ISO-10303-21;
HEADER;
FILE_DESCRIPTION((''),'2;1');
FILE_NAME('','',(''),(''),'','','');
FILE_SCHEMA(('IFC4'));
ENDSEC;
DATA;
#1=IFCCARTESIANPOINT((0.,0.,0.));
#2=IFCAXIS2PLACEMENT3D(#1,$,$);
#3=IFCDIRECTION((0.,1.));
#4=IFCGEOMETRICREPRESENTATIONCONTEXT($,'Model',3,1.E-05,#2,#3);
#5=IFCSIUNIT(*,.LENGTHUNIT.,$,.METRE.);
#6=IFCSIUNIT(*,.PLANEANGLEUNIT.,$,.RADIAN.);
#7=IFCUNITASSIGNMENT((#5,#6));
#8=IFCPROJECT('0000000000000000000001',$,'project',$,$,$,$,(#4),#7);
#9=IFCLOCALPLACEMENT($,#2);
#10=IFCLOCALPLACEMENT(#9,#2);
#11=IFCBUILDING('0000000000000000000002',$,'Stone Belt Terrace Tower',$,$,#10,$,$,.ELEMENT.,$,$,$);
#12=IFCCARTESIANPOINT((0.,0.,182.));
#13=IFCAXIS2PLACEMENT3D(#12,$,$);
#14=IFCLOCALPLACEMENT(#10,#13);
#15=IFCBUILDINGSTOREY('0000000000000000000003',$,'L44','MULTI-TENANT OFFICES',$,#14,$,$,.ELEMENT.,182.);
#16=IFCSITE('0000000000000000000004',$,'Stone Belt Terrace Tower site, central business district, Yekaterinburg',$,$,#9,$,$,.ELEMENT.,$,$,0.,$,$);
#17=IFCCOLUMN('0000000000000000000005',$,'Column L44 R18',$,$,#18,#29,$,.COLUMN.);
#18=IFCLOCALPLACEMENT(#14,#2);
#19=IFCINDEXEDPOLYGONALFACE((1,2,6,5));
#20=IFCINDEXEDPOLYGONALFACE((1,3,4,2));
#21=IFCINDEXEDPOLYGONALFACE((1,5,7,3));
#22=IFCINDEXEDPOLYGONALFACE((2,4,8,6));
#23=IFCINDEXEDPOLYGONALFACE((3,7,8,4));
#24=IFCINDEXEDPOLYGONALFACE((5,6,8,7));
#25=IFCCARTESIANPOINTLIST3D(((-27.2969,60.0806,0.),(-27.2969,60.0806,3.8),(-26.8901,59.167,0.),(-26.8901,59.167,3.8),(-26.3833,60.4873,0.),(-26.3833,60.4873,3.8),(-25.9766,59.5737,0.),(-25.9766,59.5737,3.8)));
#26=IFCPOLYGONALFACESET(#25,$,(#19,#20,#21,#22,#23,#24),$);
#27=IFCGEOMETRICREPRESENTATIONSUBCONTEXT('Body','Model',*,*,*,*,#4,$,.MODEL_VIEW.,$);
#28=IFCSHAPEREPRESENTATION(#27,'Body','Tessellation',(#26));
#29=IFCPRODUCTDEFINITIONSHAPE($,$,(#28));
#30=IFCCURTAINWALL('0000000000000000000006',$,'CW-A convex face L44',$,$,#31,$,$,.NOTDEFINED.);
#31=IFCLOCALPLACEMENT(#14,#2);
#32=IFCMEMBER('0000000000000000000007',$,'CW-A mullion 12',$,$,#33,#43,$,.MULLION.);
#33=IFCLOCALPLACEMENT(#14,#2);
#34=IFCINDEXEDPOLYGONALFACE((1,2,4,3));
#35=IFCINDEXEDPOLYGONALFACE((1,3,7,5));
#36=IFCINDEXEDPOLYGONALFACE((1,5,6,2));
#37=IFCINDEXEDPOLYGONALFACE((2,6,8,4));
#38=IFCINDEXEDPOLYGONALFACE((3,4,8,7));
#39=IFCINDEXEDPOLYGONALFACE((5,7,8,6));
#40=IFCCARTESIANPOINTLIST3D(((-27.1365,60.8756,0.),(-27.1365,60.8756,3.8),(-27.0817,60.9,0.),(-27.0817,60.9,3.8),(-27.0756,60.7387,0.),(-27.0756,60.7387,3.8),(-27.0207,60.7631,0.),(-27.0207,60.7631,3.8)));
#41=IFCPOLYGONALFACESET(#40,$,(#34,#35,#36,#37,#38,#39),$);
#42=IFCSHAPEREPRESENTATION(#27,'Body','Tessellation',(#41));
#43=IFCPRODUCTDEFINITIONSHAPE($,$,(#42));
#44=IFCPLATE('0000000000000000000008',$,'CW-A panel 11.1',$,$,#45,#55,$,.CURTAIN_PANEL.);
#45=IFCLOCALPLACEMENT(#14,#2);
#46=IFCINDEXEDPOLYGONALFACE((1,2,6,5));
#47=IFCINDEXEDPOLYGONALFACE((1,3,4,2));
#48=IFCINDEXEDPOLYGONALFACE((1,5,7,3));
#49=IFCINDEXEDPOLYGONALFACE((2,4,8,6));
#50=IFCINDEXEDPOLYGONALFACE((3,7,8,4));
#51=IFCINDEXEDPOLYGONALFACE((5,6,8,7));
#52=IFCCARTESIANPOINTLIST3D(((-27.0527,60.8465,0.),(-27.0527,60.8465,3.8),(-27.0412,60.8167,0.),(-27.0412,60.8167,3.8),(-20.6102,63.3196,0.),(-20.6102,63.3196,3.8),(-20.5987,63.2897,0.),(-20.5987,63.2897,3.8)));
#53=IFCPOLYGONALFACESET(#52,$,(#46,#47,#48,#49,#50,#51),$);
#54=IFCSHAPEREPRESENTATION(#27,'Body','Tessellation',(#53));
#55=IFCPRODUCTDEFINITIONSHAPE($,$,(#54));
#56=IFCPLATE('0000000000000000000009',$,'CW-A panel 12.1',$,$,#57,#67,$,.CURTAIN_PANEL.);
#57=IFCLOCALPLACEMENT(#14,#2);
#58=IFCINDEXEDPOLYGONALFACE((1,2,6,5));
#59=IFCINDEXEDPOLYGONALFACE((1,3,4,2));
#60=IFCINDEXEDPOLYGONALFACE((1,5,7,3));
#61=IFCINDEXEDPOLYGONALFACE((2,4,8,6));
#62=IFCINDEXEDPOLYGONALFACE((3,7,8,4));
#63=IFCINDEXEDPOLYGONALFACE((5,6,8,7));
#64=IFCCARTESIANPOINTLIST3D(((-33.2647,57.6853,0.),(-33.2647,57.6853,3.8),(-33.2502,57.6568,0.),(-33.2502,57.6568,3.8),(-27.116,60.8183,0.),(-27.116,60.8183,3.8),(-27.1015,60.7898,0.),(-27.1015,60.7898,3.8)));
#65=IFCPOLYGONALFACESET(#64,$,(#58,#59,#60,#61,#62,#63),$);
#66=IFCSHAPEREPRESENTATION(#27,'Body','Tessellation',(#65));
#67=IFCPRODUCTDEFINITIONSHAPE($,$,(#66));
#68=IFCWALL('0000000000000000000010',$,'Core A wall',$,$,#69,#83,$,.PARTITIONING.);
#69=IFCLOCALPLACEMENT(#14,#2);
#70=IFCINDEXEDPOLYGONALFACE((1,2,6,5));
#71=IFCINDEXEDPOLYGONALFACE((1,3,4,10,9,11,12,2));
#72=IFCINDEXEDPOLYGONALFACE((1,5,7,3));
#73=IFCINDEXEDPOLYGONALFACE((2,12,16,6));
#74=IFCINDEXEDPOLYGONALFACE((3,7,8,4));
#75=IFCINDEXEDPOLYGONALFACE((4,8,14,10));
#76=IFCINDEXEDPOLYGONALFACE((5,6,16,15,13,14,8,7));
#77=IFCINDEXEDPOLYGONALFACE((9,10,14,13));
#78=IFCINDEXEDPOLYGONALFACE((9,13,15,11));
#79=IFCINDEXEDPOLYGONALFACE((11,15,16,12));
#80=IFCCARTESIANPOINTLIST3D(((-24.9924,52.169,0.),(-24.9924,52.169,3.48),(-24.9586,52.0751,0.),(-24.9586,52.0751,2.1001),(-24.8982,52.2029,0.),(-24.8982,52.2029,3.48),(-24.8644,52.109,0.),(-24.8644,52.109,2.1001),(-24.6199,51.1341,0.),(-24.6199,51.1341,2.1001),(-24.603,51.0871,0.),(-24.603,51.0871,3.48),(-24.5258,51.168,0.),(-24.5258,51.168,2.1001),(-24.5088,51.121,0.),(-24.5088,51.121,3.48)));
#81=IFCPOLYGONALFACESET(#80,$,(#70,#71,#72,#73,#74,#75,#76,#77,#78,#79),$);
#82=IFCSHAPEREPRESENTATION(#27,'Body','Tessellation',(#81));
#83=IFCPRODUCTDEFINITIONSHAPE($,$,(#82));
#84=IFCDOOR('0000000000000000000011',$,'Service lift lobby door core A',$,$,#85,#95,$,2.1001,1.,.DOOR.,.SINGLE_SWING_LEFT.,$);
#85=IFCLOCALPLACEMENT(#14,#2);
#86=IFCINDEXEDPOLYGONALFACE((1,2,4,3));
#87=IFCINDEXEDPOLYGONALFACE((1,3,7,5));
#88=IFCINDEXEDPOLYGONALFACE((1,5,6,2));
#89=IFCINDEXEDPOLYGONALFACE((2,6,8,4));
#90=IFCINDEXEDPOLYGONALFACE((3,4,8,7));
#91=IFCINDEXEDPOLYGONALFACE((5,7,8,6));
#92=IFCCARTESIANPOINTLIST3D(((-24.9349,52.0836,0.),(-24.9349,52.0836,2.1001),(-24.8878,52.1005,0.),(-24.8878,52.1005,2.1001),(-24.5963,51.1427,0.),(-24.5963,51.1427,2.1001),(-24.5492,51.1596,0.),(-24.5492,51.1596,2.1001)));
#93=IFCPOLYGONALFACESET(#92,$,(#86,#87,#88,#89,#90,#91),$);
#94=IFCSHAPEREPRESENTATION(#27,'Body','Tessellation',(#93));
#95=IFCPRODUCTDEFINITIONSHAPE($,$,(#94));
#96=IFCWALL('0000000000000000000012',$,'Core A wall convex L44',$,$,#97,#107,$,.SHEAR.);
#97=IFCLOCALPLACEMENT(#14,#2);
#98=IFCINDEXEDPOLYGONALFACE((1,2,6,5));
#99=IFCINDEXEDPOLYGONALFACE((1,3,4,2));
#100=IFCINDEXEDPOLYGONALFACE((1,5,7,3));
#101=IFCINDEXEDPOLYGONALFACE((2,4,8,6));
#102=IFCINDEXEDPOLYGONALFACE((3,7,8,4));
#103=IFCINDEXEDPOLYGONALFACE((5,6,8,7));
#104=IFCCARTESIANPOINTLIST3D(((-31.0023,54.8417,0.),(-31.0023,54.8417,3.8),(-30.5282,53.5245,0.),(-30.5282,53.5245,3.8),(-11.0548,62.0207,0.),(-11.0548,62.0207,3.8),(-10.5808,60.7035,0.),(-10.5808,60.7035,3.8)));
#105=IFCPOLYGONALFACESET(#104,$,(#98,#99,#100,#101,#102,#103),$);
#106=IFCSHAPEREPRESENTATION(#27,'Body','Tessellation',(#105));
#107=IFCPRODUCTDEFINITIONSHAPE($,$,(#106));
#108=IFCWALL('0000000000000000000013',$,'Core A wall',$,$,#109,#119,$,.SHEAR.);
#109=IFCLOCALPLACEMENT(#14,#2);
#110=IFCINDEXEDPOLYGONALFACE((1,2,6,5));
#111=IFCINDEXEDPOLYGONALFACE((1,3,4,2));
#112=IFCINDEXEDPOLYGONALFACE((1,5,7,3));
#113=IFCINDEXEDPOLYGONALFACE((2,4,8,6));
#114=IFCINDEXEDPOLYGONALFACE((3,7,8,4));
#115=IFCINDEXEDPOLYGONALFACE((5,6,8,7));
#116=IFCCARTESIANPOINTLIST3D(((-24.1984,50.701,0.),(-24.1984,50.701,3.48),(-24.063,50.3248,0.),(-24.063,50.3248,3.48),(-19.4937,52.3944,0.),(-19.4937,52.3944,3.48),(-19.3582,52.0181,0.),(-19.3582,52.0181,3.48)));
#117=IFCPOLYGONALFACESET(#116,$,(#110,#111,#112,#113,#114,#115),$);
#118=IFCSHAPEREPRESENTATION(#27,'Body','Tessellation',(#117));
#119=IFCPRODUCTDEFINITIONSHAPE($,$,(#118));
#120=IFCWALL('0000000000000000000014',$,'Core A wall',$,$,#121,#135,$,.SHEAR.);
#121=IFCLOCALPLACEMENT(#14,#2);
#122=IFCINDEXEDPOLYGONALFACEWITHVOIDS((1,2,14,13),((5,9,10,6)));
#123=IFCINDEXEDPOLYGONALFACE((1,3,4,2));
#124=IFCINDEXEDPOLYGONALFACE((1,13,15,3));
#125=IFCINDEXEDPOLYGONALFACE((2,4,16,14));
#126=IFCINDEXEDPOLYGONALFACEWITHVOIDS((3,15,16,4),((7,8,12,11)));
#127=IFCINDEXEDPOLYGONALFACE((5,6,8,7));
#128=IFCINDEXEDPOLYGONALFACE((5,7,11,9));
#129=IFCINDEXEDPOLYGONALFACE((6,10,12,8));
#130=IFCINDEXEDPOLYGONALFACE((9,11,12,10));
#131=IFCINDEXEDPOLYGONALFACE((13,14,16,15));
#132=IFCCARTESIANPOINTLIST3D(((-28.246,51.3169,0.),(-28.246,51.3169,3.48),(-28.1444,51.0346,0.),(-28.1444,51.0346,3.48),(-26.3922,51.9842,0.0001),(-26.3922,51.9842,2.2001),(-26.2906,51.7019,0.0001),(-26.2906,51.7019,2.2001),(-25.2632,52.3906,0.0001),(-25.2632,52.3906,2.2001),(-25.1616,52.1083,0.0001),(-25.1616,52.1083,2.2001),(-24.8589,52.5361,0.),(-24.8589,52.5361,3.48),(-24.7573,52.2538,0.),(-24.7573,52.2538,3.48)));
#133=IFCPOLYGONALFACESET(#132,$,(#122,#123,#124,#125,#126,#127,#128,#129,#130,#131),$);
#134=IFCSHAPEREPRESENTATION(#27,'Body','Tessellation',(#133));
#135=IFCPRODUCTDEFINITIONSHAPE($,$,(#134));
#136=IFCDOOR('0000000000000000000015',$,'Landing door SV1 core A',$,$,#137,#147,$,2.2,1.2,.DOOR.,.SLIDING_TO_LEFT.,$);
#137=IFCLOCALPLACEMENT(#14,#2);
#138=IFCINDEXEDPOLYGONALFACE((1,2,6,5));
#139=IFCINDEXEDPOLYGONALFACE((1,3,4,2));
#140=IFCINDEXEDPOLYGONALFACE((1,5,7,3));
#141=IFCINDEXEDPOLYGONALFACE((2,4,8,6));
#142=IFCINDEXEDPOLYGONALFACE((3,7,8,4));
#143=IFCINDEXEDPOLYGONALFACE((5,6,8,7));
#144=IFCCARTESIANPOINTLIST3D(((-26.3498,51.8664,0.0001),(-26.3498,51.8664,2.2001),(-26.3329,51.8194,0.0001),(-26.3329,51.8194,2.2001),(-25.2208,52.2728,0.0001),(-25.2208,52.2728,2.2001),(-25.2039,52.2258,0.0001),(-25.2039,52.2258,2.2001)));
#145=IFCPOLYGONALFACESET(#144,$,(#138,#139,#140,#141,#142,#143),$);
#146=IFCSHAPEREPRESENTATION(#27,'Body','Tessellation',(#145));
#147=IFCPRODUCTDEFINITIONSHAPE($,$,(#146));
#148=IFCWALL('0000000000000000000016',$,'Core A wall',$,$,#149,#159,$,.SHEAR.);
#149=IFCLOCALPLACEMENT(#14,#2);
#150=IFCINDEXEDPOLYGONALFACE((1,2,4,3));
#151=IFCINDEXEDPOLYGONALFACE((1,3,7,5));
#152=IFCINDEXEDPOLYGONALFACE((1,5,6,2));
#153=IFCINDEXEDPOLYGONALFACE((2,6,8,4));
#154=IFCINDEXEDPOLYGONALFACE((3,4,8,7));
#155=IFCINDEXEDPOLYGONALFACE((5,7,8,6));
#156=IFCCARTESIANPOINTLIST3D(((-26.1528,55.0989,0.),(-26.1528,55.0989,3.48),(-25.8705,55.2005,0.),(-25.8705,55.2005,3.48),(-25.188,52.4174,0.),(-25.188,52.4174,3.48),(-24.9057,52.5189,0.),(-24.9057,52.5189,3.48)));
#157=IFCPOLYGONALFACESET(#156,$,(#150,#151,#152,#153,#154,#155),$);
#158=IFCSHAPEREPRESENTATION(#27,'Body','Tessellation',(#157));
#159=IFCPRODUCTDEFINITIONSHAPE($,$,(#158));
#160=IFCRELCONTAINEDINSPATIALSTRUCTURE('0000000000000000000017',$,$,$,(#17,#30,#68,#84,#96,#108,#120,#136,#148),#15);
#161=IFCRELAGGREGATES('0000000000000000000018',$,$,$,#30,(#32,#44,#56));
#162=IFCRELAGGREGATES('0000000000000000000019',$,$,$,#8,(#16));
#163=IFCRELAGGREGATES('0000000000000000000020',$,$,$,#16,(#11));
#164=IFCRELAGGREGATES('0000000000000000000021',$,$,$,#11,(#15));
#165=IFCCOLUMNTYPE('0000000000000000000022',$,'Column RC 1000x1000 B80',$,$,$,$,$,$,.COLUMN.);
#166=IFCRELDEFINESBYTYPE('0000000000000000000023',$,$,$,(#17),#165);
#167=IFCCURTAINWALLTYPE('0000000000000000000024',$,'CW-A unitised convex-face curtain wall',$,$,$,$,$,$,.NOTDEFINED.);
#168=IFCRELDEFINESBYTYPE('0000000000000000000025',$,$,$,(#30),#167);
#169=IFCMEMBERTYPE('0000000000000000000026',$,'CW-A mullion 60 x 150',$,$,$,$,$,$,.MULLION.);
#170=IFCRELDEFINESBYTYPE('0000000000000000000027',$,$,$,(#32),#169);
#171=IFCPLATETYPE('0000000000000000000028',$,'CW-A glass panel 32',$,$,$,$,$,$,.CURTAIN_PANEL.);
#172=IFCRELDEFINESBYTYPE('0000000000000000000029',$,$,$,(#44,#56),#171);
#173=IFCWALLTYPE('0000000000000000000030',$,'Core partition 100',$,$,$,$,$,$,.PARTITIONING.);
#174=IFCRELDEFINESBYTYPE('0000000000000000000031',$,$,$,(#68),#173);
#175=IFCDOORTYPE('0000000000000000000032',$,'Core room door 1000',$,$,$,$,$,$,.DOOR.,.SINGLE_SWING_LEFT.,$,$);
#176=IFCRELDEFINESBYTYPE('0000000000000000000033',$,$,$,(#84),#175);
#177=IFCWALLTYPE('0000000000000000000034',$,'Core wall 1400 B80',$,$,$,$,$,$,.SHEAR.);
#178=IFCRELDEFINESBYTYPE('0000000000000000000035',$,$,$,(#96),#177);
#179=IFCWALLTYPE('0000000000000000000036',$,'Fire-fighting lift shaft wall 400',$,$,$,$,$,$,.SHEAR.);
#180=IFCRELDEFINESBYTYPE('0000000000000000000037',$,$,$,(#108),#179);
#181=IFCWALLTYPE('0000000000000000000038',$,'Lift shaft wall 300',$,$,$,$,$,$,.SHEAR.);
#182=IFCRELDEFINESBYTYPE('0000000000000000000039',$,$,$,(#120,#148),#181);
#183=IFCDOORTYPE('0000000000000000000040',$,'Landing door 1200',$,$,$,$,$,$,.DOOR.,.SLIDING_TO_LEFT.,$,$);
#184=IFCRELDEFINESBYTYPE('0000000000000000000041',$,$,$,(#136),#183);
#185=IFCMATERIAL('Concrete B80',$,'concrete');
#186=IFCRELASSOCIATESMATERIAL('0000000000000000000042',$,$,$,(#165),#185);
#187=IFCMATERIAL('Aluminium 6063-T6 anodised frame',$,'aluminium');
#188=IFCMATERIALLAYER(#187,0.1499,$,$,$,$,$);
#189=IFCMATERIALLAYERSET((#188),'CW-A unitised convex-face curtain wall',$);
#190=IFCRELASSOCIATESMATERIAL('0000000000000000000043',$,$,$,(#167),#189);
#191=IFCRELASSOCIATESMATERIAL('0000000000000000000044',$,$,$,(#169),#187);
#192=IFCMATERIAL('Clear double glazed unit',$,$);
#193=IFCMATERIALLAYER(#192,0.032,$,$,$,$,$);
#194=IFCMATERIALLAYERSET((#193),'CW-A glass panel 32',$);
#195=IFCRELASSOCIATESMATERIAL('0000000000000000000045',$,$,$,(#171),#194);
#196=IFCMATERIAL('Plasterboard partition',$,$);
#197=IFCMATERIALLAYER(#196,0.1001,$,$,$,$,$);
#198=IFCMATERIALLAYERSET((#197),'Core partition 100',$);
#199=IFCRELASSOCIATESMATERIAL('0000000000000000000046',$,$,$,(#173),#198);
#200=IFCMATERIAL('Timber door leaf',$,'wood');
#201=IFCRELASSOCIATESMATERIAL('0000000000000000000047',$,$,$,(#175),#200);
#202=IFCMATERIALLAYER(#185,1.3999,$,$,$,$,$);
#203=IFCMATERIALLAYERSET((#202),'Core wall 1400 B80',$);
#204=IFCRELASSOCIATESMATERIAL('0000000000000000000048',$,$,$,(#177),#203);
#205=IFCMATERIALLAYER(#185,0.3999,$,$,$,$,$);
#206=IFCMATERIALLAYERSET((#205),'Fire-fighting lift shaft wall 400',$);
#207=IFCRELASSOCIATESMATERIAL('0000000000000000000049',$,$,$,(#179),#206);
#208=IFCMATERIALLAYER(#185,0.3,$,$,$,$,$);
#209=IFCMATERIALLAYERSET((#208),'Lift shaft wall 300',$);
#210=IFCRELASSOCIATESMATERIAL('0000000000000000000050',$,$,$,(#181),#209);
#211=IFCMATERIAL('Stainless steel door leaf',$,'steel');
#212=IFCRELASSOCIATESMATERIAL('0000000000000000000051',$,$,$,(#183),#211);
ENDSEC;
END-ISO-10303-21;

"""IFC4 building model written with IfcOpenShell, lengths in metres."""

from ifc_helpers import new_model, si_unit, direction, frame, frame_2d, origin, origin_2d, place, context, subcontext, project, spatial, rectangle, extrude, material, layer, layer_set, material_profile, profile_set, type_object, element, fill, aggregate, save


model = new_model("IFC4")

# Units and contexts
model_context = context("Model", 3, precision=1e-05, world=origin(), true_north=direction((0.0, 1.0)))
body_context = subcontext(model_context, "Body", "Model", "MODEL_VIEW")
ifc_project = project(units=[si_unit("LENGTHUNIT", "METRE"), si_unit("PLANEANGLEUNIT", "RADIAN")], contexts=[model_context])

# Site, building, storey
site_placement = place(None, origin())
site = spatial("IfcSite", under=ifc_project, at=site_placement, Name="Stone Belt Terrace Tower site, central business district, Yekaterinburg", CompositionType="ELEMENT", RefElevation=0.0)
building_placement = place(site_placement, origin())
building = spatial("IfcBuilding", under=site, at=building_placement, Name="Stone Belt Terrace Tower", CompositionType="ELEMENT")
storey_placement = place(building_placement, frame((0.0, 0.0, 182.0)))
storey = spatial("IfcBuildingStorey", under=building, at=storey_placement, Name="L44", Description="MULTI-TENANT OFFICES", CompositionType="ELEMENT", Elevation=182.0)

# Column
ifc_material_1 = material(Name="Concrete B80", Category="concrete")
ifc_material_profile_1 = material_profile(ifc_material_1, rectangle(XDim=1.0, YDim=1.0, at=origin_2d()), Name="RC 1000x1000")
ifc_profile_set_1 = profile_set([ifc_material_profile_1], Name="Concrete B80")
column_type = type_object("IfcColumnType", Name="Column RC 1000x1000 B80", PredefinedType="COLUMN", material=ifc_profile_set_1)
column_placement = place(storey_placement, frame((-26.6367, 59.8271, 0.0), z_axis=(0.0, 0.0, 1.0), x_axis=(0.913545, 0.406737, 0.0)))
element("IfcColumn", 1, at=column_placement, inside=storey, type_object=column_type, Name="Column L44 R18", PredefinedType="COLUMN", context=body_context, shape_type="SweptSolid", body=[
    extrude(rectangle(XDim=1.0, YDim=1.0, at=origin_2d()), origin(), (0.0, 0.0, 1.0), 3.8),
])

# Curtain wall, member, plates
ifc_material_2 = material(Name="Aluminium 6063-T6 anodised frame", Category="aluminium")
ifc_layer_1 = layer(ifc_material_2, 0.1499)
ifc_layer_set_1 = layer_set([ifc_layer_1], Name="CW-A unitised convex-face curtain wall")
curtain_wall_type = type_object("IfcCurtainWallType", Name="CW-A unitised convex-face curtain wall", PredefinedType="NOTDEFINED", material=ifc_layer_set_1)
curtain_wall_placement = place(storey_placement, origin())
curtain_wall = element("IfcCurtainWall", 2, at=curtain_wall_placement, inside=storey, type_object=curtain_wall_type, Name="CW-A convex face L44", PredefinedType="NOTDEFINED")
ifc_material_profile_2 = material_profile(ifc_material_2, rectangle(XDim=0.1499, YDim=0.0601, at=origin_2d()), Name="Aluminium 6063-T6 60x150")
ifc_profile_set_2 = profile_set([ifc_material_profile_2], Name="Aluminium 6063-T6 anodised frame")
member_type = type_object("IfcMemberType", Name="CW-A mullion 60 x 150", PredefinedType="MULLION", material=ifc_profile_set_2)
member_placement = place(storey_placement, frame((-27.0786, 60.8193, 0.0), z_axis=(0.0, 0.0, 1.0), x_axis=(0.406737, -0.913545, 0.0)))
member = element("IfcMember", 3, at=member_placement, type_object=member_type, Name="CW-A mullion 12", PredefinedType="MULLION", context=body_context, shape_type="SweptSolid", body=[
    extrude(rectangle(XDim=0.1499, YDim=0.0601, at=origin_2d()), origin(), (0.0, 0.0, 1.0), 3.8),
])
ifc_material_3 = material(Name="Clear double glazed unit")
ifc_layer_2 = layer(ifc_material_3, 0.032)
ifc_layer_set_2 = layer_set([ifc_layer_2], Name="CW-A glass panel 32")
plate_type = type_object("IfcPlateType", Name="CW-A glass panel 32", PredefinedType="CURTAIN_PANEL", material=ifc_layer_set_2)
plate_1_placement = place(storey_placement, frame((-23.8257, 62.0681, 0.0), z_axis=(0.0, 0.0, 1.0), x_axis=(-0.93358, -0.358368, 0.0)))
plate_1 = element("IfcPlate", 4, at=plate_1_placement, type_object=plate_type, Name="CW-A panel 11.1", PredefinedType="CURTAIN_PANEL", context=body_context, shape_type="SweptSolid", body=[
    extrude(rectangle(XDim=6.9009, YDim=0.032, at=origin_2d()), origin(), (0.0, 0.0, 1.0), 3.8),
])
plate_2_placement = place(storey_placement, frame((-30.1831, 59.2375, 0.0), z_axis=(0.0, 0.0, 1.0), x_axis=(-0.891007, -0.45399, 0.0)))
plate_2 = element("IfcPlate", 5, at=plate_2_placement, type_object=plate_type, Name="CW-A panel 12.1", PredefinedType="CURTAIN_PANEL", context=body_context, shape_type="SweptSolid", body=[
    extrude(rectangle(XDim=6.9009, YDim=0.032, at=origin_2d()), origin(), (0.0, 0.0, 1.0), 3.8),
])
aggregate(curtain_wall, [member, plate_1, plate_2])

# Wall, opening, door
ifc_material_4 = material(Name="Plasterboard partition")
ifc_layer_3 = layer(ifc_material_4, 0.1001)
ifc_layer_set_3 = layer_set([ifc_layer_3], Name="Core partition 100")
wall_type_1 = type_object("IfcWallType", Name="Core partition 100", PredefinedType="PARTITIONING", material=ifc_layer_set_3)
wall_1_placement = place(storey_placement, frame((-24.5559, 51.104, 0.0), z_axis=(0.0, 0.0, 1.0), x_axis=(-0.338622, 0.940923, 0.0)))
wall_1 = element("IfcWall", 6, at=wall_1_placement, inside=storey, type_object=wall_type_1, Name="Core A wall", PredefinedType="PARTITIONING", context=body_context, shape_type="SweptSolid", body=[
    extrude(rectangle(XDim=1.1499, YDim=0.1001, at=frame_2d((0.575, 0.0))), origin(), (0.0, 0.0, 1.0), 3.48),
])
opening_1_placement = place(wall_1_placement, frame((0.05, 0.0, 0.0)))
opening_1 = element("IfcOpeningElement", 7, at=opening_1_placement, cuts=wall_1, PredefinedType="OPENING", context=body_context, shape_type="SweptSolid", body=[
    extrude(rectangle(XDim=1.0, YDim=2.1001, at=frame_2d((0.5, 1.05))), frame((0.0, 0.0601, 0.0), z_axis=(0.0, -1.0, 0.0), x_axis=(1.0, 0.0, 0.0)), (0.0, 0.0, 1.0), 0.1201),
])
ifc_material_5 = material(Name="Timber door leaf", Category="wood")
door_type_1 = type_object("IfcDoorType", Name="Core room door 1000", OperationType="SINGLE_SWING_LEFT", PredefinedType="DOOR", material=ifc_material_5)
door_1_placement = place(opening_1_placement, origin())
door_1 = element("IfcDoor", 8, at=door_1_placement, inside=storey, type_object=door_type_1, Name="Service lift lobby door core A", OperationType="SINGLE_SWING_LEFT", OverallHeight=2.1001, OverallWidth=1.0, PredefinedType="DOOR", context=body_context, shape_type="SweptSolid", body=[
    extrude(rectangle(XDim=1.0, YDim=2.1001, at=frame_2d((0.5, 1.05))), frame((0.0, 0.0249, 0.0), z_axis=(0.0, -1.0, 0.0), x_axis=(1.0, 0.0, 0.0)), (0.0, 0.0, 1.0), 0.05),
])
fill(opening_1, door_1)

# Walls
ifc_layer_4 = layer(ifc_material_1, 1.3999)
ifc_layer_set_4 = layer_set([ifc_layer_4], Name="Core wall 1400 B80")
wall_type_2 = type_object("IfcWallType", Name="Core wall 1400 B80", PredefinedType="SHEAR", material=ifc_layer_set_4)
wall_2_placement = place(storey_placement, frame((-30.7654, 54.1831, 0.0), z_axis=(0.0, 0.0, 1.0), x_axis=(0.94092, 0.33863, 0.0)))
element("IfcWall", 9, at=wall_2_placement, inside=storey, type_object=wall_type_2, Name="Core A wall convex L44", PredefinedType="SHEAR", context=body_context, shape_type="SweptSolid", body=[
    extrude(rectangle(XDim=21.2, YDim=1.3999, at=frame_2d((10.6001, 0.0))), origin(), (0.0, 0.0, 1.0), 3.8),
])
ifc_layer_5 = layer(ifc_material_1, 0.3999)
ifc_layer_set_5 = layer_set([ifc_layer_5], Name="Fire-fighting lift shaft wall 400")
wall_type_3 = type_object("IfcWallType", Name="Fire-fighting lift shaft wall 400", PredefinedType="SHEAR", material=ifc_layer_set_5)
wall_3_placement = place(storey_placement, frame((-24.1306, 50.5129, 0.0), z_axis=(0.0, 0.0, 1.0), x_axis=(0.940912, 0.338652, 0.0)))
element("IfcWall", 10, at=wall_3_placement, inside=storey, type_object=wall_type_3, Name="Core A wall", PredefinedType="SHEAR", context=body_context, shape_type="SweptSolid", body=[
    extrude(rectangle(XDim=5.0002, YDim=0.3999, at=frame_2d((2.5, 0.0))), origin(), (0.0, 0.0, 1.0), 3.48),
])

# Wall, opening, door
ifc_layer_6 = layer(ifc_material_1, 0.3)
ifc_layer_set_6 = layer_set([ifc_layer_6], Name="Lift shaft wall 300")
wall_type_4 = type_object("IfcWallType", Name="Lift shaft wall 300", PredefinedType="SHEAR", material=ifc_layer_set_6)
wall_4_placement = place(storey_placement, frame((-28.1951, 51.1758, 0.0), z_axis=(0.0, 0.0, 1.0), x_axis=(0.940901, 0.338681, 0.0)))
wall_4 = element("IfcWall", 11, at=wall_4_placement, inside=storey, type_object=wall_type_4, Name="Core A wall", PredefinedType="SHEAR", context=body_context, shape_type="SweptSolid", body=[
    extrude(rectangle(XDim=3.5999, YDim=0.3, at=frame_2d((1.7998, 0.0))), origin(), (0.0, 0.0, 1.0), 3.48),
])
opening_2_placement = place(wall_4_placement, frame((1.97, 0.0, 0.0)))
opening_2 = element("IfcOpeningElement", 12, at=opening_2_placement, cuts=wall_4, PredefinedType="OPENING", context=body_context, shape_type="SweptSolid", body=[
    extrude(rectangle(XDim=1.2, YDim=2.2, at=frame_2d((0.6001, 1.1001))), frame((0.0, 0.1599, 0.0), z_axis=(0.0, -1.0, 0.0), x_axis=(1.0, 0.0, 0.0)), (0.0, 0.0, 1.0), 0.3201),
])
ifc_material_6 = material(Name="Stainless steel door leaf", Category="steel")
door_type_2 = type_object("IfcDoorType", Name="Landing door 1200", OperationType="SLIDING_TO_LEFT", PredefinedType="DOOR", material=ifc_material_6)
door_2_placement = place(opening_2_placement, origin())
door_2 = element("IfcDoor", 13, at=door_2_placement, inside=storey, type_object=door_type_2, Name="Landing door SV1 core A", OperationType="SLIDING_TO_LEFT", OverallHeight=2.2, OverallWidth=1.2, PredefinedType="DOOR", context=body_context, shape_type="SweptSolid", body=[
    extrude(rectangle(XDim=1.2, YDim=2.2, at=frame_2d((0.6001, 1.1001))), frame((0.0, 0.0249, 0.0), z_axis=(0.0, -1.0, 0.0), x_axis=(1.0, 0.0, 0.0)), (0.0, 0.0, 1.0), 0.05),
])
fill(opening_2, door_2)

# Wall
wall_5_placement = place(storey_placement, frame((-25.0469, 52.4683, 0.0), z_axis=(0.0, 0.0, 1.0), x_axis=(-0.33855, 0.940949, 0.0)))
element("IfcWall", 14, at=wall_5_placement, inside=storey, type_object=wall_type_4, Name="Core A wall", PredefinedType="SHEAR", context=body_context, shape_type="SweptSolid", body=[
    extrude(rectangle(XDim=2.8499, YDim=0.3, at=frame_2d((1.4248, 0.0))), origin(), (0.0, 0.0, 1.0), 3.48),
])

save(model, "model.ifc")
